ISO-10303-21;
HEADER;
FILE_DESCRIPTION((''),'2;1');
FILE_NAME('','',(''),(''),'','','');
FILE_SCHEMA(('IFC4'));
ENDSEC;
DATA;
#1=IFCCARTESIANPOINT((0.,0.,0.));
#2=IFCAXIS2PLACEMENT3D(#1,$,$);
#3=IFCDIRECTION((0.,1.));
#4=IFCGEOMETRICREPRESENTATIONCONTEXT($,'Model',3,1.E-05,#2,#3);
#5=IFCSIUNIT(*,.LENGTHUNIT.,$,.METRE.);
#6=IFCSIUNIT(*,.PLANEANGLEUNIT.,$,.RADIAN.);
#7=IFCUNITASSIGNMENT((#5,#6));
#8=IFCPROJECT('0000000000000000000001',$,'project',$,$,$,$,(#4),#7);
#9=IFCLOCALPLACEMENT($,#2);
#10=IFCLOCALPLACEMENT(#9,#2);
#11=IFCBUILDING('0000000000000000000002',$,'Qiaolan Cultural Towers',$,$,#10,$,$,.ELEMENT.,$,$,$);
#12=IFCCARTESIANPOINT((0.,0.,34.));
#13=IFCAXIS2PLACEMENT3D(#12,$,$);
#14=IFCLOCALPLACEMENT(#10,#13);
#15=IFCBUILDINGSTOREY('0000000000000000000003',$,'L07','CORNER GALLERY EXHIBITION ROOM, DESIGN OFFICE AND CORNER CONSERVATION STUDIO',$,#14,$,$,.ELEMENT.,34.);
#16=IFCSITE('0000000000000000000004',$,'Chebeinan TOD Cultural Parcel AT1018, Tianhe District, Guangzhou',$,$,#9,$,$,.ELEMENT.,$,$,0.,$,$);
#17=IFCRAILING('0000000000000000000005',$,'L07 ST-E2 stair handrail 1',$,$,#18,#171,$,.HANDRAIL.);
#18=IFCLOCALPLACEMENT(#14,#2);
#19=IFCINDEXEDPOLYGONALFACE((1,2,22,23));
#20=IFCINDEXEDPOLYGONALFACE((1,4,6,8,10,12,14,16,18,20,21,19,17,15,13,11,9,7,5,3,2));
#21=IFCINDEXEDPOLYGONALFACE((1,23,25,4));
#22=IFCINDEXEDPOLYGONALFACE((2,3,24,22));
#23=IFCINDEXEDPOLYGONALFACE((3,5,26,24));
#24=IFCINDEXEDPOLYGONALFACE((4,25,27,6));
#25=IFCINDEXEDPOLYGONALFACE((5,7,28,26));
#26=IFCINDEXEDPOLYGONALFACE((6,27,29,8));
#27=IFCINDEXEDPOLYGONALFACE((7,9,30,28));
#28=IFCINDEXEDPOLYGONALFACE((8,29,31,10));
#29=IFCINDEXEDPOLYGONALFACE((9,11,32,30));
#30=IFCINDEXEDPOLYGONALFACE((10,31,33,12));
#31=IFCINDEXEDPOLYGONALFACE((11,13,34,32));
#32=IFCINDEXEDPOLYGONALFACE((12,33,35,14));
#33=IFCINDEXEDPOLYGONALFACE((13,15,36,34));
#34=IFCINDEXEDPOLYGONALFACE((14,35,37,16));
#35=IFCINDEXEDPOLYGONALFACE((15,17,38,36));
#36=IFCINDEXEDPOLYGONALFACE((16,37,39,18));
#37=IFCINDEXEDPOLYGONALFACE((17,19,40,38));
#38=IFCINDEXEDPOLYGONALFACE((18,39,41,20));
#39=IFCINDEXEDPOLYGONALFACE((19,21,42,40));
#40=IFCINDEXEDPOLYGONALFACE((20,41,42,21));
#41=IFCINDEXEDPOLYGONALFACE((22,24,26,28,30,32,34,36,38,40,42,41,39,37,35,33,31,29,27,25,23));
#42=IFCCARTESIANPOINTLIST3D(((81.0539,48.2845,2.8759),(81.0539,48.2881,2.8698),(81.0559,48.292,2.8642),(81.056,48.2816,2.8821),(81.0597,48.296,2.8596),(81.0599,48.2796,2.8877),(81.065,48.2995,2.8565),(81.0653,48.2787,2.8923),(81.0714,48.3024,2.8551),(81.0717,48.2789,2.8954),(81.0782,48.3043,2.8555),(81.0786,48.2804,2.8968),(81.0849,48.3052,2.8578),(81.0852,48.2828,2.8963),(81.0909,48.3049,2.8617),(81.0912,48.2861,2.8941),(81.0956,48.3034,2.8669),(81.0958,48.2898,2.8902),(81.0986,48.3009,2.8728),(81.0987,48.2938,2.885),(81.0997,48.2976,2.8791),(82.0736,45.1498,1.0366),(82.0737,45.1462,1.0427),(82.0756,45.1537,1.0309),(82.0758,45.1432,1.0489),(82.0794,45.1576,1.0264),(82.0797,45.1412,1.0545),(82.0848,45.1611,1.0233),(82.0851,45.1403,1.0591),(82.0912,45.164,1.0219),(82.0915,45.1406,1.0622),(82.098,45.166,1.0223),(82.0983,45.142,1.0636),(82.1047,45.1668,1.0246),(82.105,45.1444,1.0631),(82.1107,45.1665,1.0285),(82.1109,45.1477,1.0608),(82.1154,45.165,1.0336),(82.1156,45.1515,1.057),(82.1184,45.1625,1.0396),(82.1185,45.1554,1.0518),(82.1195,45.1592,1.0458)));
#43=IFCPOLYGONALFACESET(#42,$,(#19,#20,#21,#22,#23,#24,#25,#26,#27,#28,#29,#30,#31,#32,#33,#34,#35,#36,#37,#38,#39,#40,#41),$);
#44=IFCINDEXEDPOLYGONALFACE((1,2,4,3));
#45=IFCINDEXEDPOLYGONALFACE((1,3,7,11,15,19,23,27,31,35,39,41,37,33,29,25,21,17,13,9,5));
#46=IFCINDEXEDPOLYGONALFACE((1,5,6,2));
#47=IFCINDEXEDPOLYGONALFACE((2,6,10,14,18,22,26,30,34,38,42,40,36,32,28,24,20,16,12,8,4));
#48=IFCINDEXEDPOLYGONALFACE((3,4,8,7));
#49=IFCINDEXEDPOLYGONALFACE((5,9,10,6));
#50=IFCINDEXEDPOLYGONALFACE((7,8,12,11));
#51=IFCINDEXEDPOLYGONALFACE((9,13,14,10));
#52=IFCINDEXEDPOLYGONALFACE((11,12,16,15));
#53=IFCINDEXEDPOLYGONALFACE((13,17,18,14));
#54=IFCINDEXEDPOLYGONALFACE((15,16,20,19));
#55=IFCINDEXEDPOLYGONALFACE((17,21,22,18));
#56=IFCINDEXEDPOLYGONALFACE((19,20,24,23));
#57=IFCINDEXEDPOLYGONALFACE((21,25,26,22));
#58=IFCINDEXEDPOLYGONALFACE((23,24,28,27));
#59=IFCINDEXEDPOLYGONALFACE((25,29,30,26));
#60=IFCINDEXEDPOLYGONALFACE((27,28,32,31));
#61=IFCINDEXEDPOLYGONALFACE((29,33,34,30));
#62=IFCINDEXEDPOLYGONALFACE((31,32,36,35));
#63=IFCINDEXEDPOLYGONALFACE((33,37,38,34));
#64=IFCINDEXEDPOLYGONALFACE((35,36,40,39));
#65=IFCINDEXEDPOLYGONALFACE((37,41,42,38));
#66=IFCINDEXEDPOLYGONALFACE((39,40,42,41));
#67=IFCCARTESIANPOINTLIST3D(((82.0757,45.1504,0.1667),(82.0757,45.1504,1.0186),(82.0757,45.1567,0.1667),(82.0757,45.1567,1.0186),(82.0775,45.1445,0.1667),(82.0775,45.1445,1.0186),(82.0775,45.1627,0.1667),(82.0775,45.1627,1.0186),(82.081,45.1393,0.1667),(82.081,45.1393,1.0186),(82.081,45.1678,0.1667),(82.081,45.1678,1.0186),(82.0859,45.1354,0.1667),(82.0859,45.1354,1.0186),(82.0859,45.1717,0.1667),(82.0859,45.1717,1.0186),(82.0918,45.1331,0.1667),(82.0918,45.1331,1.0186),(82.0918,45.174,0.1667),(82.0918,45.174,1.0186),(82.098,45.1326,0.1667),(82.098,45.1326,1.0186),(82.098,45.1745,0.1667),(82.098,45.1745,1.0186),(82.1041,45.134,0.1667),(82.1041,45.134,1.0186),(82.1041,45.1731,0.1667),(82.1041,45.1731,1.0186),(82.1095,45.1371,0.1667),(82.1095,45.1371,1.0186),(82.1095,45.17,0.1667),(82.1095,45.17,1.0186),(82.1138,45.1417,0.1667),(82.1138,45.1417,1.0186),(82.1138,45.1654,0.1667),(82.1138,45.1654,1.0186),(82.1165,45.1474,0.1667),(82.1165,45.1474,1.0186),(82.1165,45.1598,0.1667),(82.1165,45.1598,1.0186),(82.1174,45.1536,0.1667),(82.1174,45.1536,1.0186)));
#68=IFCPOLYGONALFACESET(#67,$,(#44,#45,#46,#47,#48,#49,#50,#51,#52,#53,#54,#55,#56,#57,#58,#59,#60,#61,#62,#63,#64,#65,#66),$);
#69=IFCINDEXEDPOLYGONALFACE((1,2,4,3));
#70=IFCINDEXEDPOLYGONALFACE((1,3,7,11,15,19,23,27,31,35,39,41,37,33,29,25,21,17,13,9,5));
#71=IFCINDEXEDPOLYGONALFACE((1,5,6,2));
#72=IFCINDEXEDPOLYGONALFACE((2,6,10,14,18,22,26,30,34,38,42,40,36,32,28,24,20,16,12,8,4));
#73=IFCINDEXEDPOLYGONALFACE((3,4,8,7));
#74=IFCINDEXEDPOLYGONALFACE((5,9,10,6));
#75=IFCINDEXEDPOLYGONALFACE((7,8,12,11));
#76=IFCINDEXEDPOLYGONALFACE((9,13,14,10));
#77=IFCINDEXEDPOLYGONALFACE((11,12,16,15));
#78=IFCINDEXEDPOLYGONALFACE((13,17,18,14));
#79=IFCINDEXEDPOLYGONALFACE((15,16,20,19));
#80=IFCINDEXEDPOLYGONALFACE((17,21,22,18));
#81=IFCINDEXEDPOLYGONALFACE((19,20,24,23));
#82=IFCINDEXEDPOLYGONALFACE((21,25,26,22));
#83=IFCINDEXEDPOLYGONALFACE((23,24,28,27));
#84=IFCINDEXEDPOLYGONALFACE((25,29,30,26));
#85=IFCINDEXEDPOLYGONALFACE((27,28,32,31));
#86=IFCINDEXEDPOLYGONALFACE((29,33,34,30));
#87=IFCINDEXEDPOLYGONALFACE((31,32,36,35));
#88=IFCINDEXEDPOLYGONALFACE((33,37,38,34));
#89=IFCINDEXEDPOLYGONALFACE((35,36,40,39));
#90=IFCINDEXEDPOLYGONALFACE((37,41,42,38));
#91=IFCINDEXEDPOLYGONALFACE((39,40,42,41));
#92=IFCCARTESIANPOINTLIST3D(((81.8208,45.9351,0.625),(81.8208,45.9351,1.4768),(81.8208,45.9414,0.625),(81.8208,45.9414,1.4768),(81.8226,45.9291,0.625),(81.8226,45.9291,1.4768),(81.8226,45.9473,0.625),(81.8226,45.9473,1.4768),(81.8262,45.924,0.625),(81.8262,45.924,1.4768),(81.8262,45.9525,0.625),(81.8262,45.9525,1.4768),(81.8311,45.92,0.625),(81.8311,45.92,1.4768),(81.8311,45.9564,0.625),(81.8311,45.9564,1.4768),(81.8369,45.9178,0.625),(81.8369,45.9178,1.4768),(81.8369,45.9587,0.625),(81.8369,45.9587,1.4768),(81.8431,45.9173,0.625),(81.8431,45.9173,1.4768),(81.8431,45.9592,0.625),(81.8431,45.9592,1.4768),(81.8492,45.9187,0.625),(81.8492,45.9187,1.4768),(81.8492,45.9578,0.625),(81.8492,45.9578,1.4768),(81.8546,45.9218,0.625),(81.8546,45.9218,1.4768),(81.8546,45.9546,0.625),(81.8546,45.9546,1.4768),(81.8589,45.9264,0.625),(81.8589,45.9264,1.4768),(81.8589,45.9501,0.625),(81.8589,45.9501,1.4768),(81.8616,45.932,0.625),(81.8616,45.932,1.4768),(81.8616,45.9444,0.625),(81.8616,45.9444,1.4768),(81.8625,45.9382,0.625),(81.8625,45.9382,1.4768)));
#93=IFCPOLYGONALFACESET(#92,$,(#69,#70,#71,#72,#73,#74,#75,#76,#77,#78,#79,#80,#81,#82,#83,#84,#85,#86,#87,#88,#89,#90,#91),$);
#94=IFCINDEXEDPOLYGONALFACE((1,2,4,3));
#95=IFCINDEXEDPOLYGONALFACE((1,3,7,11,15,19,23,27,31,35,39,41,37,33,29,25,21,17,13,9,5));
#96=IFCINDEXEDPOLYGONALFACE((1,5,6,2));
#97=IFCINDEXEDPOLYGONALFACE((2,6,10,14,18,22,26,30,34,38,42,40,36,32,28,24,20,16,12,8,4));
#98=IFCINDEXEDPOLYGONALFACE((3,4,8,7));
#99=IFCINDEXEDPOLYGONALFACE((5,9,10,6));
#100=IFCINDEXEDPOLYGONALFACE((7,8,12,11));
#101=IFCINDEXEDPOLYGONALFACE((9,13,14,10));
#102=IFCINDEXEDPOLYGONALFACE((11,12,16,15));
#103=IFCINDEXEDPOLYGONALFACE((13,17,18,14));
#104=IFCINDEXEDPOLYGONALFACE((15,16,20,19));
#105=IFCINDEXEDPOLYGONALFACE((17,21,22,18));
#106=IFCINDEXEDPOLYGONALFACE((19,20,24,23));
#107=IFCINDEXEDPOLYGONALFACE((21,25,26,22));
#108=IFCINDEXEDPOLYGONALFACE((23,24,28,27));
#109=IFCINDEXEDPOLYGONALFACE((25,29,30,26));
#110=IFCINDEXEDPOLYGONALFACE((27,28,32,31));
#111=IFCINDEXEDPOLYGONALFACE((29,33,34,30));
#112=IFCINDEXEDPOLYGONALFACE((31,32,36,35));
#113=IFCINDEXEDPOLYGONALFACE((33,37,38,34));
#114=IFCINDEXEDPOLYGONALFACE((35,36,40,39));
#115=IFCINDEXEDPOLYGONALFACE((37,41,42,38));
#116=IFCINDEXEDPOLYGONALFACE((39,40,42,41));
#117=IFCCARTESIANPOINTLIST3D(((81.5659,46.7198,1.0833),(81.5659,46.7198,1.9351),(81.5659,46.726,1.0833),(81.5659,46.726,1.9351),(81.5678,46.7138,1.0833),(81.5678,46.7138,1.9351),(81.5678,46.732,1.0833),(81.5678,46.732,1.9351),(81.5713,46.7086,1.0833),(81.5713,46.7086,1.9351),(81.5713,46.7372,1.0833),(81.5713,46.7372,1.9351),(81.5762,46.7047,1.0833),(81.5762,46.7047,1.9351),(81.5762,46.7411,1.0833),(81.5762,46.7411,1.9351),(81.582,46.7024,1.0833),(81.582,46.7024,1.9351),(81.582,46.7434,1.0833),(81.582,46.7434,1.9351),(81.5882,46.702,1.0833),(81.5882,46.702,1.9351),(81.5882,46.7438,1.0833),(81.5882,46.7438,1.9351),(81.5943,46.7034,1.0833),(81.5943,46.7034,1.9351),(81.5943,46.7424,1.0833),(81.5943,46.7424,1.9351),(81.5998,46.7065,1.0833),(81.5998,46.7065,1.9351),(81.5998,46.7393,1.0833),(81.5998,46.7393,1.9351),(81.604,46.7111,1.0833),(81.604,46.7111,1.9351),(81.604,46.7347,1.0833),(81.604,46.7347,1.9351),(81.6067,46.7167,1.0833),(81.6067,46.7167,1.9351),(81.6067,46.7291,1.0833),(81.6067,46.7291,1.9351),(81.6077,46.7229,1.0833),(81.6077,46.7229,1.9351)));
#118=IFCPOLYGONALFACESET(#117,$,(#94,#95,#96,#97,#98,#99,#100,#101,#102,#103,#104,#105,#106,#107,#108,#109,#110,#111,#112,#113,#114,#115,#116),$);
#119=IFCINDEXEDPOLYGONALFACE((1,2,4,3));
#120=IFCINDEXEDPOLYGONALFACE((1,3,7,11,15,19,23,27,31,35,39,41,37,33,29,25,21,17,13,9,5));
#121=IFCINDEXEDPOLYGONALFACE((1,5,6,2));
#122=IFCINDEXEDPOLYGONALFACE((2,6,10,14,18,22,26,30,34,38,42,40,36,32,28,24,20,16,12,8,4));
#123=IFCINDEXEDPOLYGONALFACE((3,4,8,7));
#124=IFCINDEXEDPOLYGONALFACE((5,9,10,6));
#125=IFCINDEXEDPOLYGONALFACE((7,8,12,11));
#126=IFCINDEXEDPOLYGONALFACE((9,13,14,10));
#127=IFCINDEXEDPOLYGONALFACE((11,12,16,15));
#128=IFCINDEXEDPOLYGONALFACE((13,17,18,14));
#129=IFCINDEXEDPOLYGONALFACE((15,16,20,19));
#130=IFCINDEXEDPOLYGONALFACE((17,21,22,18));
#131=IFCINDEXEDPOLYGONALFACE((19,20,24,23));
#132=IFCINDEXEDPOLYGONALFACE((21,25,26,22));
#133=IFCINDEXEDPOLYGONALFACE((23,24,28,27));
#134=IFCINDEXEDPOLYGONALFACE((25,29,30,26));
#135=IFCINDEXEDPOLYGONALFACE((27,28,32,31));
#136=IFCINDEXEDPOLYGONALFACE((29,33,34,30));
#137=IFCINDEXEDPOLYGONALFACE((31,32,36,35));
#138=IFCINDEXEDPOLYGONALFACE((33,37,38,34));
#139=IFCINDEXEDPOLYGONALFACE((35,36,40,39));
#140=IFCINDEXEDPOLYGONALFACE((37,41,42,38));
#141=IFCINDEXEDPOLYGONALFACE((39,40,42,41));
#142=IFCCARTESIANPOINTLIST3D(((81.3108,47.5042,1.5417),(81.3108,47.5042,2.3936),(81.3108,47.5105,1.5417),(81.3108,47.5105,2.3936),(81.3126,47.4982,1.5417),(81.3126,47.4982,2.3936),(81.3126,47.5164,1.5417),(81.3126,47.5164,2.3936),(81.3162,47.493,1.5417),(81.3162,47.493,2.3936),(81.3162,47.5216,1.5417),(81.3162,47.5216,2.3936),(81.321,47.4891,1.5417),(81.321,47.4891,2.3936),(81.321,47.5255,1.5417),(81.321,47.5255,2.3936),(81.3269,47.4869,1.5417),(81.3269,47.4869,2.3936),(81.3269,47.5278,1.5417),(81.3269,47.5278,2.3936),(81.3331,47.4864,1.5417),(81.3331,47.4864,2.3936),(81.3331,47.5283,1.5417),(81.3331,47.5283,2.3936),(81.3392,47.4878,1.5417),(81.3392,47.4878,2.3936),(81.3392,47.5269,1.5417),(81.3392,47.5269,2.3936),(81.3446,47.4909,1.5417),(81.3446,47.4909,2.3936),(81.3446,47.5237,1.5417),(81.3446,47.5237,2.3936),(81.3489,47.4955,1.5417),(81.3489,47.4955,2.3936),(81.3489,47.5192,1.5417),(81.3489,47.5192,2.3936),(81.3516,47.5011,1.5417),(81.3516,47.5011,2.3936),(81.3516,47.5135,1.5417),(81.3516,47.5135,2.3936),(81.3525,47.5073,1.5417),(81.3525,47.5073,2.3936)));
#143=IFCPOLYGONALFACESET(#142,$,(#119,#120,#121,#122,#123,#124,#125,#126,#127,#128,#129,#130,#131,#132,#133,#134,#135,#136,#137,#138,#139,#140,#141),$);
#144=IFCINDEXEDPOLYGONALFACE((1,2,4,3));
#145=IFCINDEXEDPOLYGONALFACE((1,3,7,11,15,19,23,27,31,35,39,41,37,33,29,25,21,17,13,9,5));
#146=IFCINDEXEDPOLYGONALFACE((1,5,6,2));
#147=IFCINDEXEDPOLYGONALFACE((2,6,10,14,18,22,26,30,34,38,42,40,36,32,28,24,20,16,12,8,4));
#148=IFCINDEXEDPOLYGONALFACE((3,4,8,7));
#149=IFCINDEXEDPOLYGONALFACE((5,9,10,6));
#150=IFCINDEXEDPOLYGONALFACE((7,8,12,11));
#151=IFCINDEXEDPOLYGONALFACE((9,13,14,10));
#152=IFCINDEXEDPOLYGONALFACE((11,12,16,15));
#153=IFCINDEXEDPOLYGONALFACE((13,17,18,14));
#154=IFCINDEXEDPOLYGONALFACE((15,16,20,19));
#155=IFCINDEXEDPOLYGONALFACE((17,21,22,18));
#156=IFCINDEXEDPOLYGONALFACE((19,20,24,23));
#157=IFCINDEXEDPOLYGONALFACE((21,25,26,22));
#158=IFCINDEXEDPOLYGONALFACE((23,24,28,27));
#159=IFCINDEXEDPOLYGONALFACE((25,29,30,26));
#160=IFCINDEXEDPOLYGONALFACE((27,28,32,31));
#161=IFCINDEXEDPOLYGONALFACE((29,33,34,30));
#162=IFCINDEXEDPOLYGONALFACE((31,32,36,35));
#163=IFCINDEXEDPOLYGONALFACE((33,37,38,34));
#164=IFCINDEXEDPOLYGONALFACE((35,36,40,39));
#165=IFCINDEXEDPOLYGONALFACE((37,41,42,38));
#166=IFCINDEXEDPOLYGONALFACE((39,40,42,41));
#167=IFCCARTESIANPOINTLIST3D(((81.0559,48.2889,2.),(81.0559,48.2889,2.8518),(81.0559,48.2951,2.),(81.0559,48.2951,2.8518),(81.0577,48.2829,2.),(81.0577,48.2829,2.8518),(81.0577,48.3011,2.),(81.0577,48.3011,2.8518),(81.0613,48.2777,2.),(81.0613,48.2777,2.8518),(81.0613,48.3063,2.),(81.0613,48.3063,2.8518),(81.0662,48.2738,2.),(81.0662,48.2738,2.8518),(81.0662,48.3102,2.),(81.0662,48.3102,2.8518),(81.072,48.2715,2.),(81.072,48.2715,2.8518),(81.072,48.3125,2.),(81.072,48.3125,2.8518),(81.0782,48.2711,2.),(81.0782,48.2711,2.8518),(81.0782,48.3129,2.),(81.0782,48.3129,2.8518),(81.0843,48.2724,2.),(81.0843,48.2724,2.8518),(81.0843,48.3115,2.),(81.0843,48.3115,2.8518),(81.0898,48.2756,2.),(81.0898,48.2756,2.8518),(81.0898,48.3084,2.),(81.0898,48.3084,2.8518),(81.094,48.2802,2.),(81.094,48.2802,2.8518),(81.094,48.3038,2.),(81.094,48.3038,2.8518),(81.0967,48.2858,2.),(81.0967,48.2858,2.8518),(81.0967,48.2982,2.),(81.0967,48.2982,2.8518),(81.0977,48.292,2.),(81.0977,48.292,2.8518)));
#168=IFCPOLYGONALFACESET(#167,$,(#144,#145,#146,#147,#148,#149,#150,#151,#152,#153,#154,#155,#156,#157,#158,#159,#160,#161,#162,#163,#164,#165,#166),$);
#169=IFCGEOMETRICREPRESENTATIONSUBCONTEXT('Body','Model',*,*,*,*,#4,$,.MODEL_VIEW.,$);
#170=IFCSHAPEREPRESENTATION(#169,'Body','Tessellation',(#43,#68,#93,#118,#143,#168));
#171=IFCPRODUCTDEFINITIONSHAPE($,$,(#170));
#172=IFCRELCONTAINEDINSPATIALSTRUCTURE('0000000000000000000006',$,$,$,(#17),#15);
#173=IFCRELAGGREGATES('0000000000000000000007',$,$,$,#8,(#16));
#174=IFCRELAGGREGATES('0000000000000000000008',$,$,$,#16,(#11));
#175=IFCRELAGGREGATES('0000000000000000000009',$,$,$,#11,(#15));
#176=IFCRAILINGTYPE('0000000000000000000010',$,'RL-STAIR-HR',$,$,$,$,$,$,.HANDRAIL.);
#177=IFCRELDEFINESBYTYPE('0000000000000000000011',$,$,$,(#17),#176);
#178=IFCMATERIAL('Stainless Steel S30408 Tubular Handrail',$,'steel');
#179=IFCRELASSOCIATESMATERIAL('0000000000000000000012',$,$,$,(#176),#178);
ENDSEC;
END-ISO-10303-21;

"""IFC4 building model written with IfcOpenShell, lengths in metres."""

from ifc_helpers import new_model, si_unit, direction, frame, origin, origin_2d, place, context, subcontext, project, spatial, circle, extrude, material, type_object, element, save


model = new_model("IFC4")

# Units and contexts
model_context = context("Model", 3, precision=1e-05, world=origin(), true_north=direction((0.0, 1.0)))
body_context = subcontext(model_context, "Body", "Model", "MODEL_VIEW")
ifc_project = project(units=[si_unit("LENGTHUNIT", "METRE"), si_unit("PLANEANGLEUNIT", "RADIAN")], contexts=[model_context])

# Site, building, storey
site_placement = place(None, origin())
site = spatial("IfcSite", under=ifc_project, at=site_placement, Name="Chebeinan TOD Cultural Parcel AT1018, Tianhe District, Guangzhou", CompositionType="ELEMENT", RefElevation=0.0)
building_placement = place(site_placement, origin())
building = spatial("IfcBuilding", under=site, at=building_placement, Name="Qiaolan Cultural Towers", CompositionType="ELEMENT")
storey_placement = place(building_placement, frame((0.0, 0.0, 34.0)))
storey = spatial("IfcBuildingStorey", under=building, at=storey_placement, Name="L07", Description="CORNER GALLERY EXHIBITION ROOM, DESIGN OFFICE AND CORNER CONSERVATION STUDIO", CompositionType="ELEMENT", Elevation=34.0)

# Railing
ifc_material_1 = material(Name="Stainless Steel S30408 Tubular Handrail", Category="steel")
railing_type_1 = type_object("IfcRailingType", Name="RL-STAIR-HR", PredefinedType="HANDRAIL", material=ifc_material_1)
railing_1_placement = place(storey_placement, frame((82.0964, 45.1536, 0.1667)))
element("IfcRailing", 1, at=railing_1_placement, inside=storey, type_object=railing_type_1, Name="L07 ST-E2 stair handrail 1", PredefinedType="HANDRAIL", context=body_context, shape_type="SweptSolid", body=[
    extrude(circle(Radius=0.0239, at=origin_2d()), frame((0.0, 0.0, 0.876), z_axis=(-0.270141, 0.831376, 0.485632), x_axis=(-0.951053, -0.309028, 0.0)), (0.0, 0.0, 1.0), 3.7749),
    extrude(circle(Radius=0.021, at=origin_2d()), origin(), (0.0, 0.0, 1.0), 0.8518),
    extrude(circle(Radius=0.021, at=origin_2d()), frame((-0.2549, 0.7847, 0.4583)), (0.0, 0.0, 1.0), 0.8518),
    extrude(circle(Radius=0.021, at=origin_2d()), frame((-0.5098, 1.5693, 0.9165)), (0.0, 0.0, 1.0), 0.8518),
    extrude(circle(Radius=0.021, at=origin_2d()), frame((-0.7649, 2.3538, 1.375)), (0.0, 0.0, 1.0), 0.8518),
    extrude(circle(Radius=0.021, at=origin_2d()), frame((-1.0198, 3.1384, 1.8333)), (0.0, 0.0, 1.0), 0.8518),
])

save(model, "model.ifc")
